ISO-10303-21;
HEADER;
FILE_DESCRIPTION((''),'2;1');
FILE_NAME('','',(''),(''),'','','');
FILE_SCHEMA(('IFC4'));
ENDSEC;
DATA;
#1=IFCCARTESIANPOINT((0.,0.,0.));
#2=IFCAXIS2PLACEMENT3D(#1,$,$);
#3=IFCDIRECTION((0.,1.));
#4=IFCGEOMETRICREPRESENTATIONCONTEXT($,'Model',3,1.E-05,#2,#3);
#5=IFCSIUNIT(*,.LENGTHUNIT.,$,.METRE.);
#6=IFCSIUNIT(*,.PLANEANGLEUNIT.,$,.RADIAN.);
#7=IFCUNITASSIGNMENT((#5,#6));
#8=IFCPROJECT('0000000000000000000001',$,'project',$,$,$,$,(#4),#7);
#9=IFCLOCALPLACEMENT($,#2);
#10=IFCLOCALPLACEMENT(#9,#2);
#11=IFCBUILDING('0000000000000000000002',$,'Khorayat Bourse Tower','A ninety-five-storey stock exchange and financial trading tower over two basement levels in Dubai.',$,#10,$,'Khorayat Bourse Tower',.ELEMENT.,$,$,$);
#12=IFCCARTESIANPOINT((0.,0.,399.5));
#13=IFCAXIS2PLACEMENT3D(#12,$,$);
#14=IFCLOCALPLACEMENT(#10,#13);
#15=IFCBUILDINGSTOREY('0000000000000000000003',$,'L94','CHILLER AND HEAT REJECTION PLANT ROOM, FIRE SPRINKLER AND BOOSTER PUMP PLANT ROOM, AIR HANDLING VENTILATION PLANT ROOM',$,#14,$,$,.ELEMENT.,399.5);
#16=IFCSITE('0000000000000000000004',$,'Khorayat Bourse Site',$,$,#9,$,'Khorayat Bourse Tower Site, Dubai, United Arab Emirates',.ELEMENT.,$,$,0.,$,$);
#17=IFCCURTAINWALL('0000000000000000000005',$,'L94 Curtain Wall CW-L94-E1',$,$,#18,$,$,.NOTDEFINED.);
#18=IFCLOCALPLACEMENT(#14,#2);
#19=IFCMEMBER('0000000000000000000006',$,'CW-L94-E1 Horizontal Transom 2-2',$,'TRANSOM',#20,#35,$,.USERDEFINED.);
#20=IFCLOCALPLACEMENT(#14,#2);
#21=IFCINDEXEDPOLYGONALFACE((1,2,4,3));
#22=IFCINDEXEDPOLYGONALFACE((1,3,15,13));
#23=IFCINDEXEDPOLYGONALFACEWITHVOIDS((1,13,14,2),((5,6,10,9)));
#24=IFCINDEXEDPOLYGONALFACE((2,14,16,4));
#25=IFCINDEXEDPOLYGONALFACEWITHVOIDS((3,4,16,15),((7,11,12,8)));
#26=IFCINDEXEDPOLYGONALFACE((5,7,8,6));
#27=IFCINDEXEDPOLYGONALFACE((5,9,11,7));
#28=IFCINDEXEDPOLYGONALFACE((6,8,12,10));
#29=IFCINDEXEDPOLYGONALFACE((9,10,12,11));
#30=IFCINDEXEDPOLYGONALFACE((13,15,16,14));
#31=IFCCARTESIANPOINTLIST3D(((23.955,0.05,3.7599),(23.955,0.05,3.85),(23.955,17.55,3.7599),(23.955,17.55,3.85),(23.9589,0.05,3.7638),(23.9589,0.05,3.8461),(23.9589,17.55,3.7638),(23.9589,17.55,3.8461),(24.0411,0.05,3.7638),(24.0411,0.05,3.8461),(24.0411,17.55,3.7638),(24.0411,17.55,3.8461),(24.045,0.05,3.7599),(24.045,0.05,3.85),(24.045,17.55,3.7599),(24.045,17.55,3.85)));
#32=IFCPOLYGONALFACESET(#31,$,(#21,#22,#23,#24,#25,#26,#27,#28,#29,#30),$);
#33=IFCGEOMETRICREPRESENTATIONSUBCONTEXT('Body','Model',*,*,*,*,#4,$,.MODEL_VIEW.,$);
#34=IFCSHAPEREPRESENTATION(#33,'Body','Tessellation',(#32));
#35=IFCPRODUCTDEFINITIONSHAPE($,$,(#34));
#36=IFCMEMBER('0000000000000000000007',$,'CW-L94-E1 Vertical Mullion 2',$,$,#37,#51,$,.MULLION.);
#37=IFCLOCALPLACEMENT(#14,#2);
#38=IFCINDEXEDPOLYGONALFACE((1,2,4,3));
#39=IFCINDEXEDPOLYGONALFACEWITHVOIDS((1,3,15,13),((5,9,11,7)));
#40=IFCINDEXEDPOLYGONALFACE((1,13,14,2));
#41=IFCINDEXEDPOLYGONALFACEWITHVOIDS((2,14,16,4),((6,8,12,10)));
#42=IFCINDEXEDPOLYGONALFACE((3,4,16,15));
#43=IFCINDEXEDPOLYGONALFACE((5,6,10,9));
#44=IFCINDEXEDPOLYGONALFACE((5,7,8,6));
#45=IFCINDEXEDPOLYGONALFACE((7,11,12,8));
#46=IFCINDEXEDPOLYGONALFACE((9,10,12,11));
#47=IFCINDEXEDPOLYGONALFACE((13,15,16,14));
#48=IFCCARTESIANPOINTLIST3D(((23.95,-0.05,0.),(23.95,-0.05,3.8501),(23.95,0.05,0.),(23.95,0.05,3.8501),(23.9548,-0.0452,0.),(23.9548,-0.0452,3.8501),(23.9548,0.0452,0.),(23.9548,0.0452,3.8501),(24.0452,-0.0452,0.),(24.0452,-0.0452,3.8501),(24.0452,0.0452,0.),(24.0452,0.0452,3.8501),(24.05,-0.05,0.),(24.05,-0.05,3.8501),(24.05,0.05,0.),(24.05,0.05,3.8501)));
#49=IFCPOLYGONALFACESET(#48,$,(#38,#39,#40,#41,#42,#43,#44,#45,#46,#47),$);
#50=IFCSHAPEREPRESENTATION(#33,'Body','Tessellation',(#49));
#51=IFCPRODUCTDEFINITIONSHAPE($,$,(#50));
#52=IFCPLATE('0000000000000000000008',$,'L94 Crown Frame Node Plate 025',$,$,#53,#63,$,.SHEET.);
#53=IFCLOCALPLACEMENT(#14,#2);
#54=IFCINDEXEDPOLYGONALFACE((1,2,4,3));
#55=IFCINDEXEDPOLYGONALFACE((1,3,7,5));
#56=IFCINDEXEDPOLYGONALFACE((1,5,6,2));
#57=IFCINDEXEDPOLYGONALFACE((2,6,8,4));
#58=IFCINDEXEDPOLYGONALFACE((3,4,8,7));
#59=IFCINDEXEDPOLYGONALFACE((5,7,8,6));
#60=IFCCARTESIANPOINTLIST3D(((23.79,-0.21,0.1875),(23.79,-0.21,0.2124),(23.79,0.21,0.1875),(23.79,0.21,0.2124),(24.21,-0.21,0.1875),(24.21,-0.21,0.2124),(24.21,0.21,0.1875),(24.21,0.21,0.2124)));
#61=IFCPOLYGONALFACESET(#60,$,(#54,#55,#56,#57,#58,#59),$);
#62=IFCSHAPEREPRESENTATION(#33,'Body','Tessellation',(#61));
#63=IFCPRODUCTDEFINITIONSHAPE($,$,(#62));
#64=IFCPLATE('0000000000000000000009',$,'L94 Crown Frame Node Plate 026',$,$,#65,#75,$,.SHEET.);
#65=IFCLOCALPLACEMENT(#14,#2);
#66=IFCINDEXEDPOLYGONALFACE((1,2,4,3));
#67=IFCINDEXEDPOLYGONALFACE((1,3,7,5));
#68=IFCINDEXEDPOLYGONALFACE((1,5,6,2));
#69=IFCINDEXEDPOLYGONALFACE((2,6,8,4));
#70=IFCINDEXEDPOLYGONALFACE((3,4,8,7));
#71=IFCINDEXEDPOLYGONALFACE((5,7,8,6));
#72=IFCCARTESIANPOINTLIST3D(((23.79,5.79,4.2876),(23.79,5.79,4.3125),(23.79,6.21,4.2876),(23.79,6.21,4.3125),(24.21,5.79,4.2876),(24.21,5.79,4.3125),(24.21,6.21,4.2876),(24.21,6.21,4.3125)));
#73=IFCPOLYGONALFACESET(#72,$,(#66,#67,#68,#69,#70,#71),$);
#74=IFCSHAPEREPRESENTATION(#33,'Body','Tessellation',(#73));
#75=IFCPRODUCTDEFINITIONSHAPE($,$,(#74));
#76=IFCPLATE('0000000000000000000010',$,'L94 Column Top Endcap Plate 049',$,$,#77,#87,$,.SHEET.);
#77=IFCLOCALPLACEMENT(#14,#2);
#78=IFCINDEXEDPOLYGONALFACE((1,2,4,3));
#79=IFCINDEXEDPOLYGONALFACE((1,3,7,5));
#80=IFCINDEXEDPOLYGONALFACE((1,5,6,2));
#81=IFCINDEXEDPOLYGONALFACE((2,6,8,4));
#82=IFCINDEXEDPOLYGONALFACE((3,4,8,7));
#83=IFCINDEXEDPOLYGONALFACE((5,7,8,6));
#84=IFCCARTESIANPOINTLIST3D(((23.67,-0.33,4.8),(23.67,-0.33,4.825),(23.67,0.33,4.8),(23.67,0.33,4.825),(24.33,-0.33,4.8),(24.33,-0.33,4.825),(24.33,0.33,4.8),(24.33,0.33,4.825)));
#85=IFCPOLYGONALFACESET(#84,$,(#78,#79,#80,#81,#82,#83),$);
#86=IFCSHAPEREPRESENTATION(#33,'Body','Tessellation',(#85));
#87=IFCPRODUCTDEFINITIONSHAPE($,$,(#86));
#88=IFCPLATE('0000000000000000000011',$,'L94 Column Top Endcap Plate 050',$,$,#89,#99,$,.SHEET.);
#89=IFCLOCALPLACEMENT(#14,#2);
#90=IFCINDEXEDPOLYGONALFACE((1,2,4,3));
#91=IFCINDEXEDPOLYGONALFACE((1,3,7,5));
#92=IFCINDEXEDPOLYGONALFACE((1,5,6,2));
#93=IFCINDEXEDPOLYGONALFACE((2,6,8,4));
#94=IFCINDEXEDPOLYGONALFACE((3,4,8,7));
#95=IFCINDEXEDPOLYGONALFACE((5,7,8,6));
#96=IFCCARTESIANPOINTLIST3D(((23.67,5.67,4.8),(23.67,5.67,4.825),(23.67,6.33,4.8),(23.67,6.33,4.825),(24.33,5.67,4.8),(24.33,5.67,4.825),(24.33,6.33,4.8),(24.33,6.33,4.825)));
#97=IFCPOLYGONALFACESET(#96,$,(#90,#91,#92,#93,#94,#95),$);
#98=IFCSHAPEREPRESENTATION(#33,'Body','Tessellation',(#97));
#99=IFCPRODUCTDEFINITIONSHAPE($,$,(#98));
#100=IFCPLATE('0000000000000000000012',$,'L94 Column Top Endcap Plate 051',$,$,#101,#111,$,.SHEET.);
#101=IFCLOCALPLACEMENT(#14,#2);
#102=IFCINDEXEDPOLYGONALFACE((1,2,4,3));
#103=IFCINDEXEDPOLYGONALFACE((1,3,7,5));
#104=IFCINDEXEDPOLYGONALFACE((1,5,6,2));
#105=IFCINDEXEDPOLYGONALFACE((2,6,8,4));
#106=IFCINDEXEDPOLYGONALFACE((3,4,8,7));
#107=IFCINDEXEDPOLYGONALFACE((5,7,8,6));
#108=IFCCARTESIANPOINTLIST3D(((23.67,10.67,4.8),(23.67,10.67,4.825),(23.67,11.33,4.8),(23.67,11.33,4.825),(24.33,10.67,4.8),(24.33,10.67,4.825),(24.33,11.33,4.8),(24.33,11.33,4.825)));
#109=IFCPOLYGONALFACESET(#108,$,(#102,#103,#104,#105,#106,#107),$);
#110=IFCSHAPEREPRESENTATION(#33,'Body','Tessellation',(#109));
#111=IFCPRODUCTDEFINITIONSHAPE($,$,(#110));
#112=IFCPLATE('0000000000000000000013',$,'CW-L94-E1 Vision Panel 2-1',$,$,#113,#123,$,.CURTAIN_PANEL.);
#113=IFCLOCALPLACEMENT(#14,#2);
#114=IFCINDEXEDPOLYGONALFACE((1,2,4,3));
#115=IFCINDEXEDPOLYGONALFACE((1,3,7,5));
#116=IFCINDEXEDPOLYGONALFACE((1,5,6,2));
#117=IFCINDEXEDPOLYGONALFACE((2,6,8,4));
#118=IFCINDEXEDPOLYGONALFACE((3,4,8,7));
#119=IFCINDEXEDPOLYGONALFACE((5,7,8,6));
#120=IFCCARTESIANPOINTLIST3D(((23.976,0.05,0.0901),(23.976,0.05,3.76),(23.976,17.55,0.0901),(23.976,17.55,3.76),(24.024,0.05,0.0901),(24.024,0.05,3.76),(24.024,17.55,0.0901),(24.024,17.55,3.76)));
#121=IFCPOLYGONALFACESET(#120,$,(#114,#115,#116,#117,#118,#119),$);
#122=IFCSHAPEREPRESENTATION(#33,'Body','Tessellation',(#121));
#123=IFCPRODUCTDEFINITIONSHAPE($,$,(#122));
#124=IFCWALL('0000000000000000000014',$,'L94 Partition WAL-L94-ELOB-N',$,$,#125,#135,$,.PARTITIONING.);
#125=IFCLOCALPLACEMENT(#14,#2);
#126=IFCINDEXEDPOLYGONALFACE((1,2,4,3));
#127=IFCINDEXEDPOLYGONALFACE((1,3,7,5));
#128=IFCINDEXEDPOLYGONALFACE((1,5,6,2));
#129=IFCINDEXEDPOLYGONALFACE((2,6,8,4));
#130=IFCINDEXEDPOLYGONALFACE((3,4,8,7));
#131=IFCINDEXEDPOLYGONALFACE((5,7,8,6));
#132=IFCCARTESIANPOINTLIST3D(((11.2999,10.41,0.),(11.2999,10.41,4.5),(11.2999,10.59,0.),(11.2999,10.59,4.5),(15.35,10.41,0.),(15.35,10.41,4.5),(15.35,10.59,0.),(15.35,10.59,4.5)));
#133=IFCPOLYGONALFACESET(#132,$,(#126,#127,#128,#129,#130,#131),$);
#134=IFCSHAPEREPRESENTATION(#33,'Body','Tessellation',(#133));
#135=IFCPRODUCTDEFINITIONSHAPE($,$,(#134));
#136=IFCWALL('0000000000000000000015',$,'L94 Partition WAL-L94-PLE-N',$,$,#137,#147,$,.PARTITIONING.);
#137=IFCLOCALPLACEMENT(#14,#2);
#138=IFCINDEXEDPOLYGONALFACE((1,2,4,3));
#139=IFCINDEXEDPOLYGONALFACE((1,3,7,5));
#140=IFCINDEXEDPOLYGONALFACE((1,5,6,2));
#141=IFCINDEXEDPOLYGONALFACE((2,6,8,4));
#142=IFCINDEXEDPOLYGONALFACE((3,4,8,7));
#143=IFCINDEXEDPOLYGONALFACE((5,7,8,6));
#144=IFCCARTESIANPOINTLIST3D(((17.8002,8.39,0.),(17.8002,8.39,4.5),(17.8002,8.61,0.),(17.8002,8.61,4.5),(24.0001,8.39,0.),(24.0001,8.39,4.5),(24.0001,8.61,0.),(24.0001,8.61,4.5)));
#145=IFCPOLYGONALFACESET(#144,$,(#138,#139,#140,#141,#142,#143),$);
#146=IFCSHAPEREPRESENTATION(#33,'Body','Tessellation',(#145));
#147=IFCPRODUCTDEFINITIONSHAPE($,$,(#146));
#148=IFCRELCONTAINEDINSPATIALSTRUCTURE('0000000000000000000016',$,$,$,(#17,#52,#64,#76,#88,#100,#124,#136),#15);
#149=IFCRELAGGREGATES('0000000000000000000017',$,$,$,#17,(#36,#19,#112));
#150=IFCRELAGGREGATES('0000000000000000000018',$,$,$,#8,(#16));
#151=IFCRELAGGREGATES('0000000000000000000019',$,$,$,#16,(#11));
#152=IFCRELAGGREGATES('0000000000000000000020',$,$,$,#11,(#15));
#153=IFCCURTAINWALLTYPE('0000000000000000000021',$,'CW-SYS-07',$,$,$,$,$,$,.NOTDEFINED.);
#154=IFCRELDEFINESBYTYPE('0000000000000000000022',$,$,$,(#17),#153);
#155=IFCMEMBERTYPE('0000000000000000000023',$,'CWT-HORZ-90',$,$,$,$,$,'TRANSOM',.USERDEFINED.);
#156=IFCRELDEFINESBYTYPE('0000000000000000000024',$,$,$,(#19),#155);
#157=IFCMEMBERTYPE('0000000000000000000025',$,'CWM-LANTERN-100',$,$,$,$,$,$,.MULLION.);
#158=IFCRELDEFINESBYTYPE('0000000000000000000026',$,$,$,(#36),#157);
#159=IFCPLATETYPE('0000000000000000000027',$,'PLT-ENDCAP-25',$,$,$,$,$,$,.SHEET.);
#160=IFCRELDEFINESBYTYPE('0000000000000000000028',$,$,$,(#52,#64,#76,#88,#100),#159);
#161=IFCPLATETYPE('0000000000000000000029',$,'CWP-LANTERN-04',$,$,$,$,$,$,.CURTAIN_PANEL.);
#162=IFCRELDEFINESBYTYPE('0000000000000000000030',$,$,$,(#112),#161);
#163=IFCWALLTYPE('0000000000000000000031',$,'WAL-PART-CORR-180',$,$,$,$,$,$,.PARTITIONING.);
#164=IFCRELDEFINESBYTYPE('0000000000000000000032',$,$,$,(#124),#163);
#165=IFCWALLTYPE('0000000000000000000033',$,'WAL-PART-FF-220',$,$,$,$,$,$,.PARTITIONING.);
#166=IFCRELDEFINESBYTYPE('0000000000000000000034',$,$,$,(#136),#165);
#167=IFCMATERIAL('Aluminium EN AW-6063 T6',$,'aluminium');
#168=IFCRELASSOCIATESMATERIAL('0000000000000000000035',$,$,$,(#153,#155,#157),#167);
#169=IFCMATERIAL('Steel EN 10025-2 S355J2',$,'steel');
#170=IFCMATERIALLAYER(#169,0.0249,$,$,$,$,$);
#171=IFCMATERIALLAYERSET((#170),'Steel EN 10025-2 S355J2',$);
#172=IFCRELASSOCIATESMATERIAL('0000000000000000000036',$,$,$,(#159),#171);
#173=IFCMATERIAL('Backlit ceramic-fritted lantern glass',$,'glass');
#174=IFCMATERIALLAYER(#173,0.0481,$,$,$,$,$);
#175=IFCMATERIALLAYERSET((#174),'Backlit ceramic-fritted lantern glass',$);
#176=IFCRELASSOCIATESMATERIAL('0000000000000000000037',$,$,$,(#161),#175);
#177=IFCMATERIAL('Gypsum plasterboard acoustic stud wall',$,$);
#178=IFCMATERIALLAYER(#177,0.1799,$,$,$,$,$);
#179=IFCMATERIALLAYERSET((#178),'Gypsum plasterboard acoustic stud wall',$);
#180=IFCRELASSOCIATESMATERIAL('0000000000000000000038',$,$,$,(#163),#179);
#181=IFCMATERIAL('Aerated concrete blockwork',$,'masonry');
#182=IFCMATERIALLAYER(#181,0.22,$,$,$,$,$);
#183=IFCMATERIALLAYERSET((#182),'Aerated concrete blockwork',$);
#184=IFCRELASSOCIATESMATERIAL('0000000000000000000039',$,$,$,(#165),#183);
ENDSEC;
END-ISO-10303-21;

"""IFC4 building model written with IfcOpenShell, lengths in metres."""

from ifc_helpers import new_model, si_unit, direction, frame, frame_2d, origin, origin_2d, place, context, subcontext, project, spatial, rectangle, hollow_rectangle, extrude, source, transform, mapped, material, layer, layer_set, material_profile, profile_set, type_object, element, aggregate, save


model = new_model("IFC4")

# Units and contexts
model_context = context("Model", 3, precision=1e-05, world=origin(), true_north=direction((0.0, 1.0)))
body_context = subcontext(model_context, "Body", "Model", "MODEL_VIEW")
ifc_project = project(units=[si_unit("LENGTHUNIT", "METRE"), si_unit("PLANEANGLEUNIT", "RADIAN")], contexts=[model_context])

# Site, building, storey
site_placement = place(None, origin())
site = spatial("IfcSite", under=ifc_project, at=site_placement, Name="Khorayat Bourse Site", LongName="Khorayat Bourse Tower Site, Dubai, United Arab Emirates", CompositionType="ELEMENT", RefElevation=0.0)
building_placement = place(site_placement, origin())
building = spatial("IfcBuilding", under=site, at=building_placement, Name="Khorayat Bourse Tower", Description="A ninety-five-storey stock exchange and financial trading tower over two basement levels in Dubai.", LongName="Khorayat Bourse Tower", CompositionType="ELEMENT")
storey_placement = place(building_placement, frame((0.0, 0.0, 399.5)))
storey = spatial("IfcBuildingStorey", under=building, at=storey_placement, Name="L94", Description="CHILLER AND HEAT REJECTION PLANT ROOM, FIRE SPRINKLER AND BOOSTER PUMP PLANT ROOM, AIR HANDLING VENTILATION PLANT ROOM", CompositionType="ELEMENT", Elevation=399.5)

# Shared definitions
ifc_material_1 = material(Name="Steel EN 10025-2 S355J2", Category="steel")

# Curtain wall, members
ifc_material_2 = material(Name="Aluminium EN AW-6063 T6", Category="aluminium")
curtain_wall_type = type_object("IfcCurtainWallType", Name="CW-SYS-07", PredefinedType="NOTDEFINED", material=ifc_material_2)
curtain_wall_placement = place(storey_placement, origin())
curtain_wall = element("IfcCurtainWall", 1, at=curtain_wall_placement, inside=storey, type_object=curtain_wall_type, Name="L94 Curtain Wall CW-L94-E1", PredefinedType="NOTDEFINED")
ifc_material_profile_1 = material_profile(ifc_material_2, hollow_rectangle(XDim=0.0901, YDim=0.0901, WallThickness=0.0039, at=origin_2d()), Name="ALU 90x90x4")
ifc_profile_set_1 = profile_set([ifc_material_profile_1], Name="Aluminium EN AW-6063 T6")
member_type_1 = type_object("IfcMemberType", Name="CWT-HORZ-90", ElementType="TRANSOM", PredefinedType="USERDEFINED", material=ifc_profile_set_1)
shared_shape_1 = source(origin(), body_context, "Body", "SweptSolid", [
    extrude(hollow_rectangle(XDim=0.0901, YDim=0.0901, WallThickness=0.0039, at=origin_2d()), origin(), (0.0, 0.0, 1.0), 17.5),
])
member_1_placement = place(storey_placement, frame((24.0, 0.05, 3.8049), z_axis=(0.0, 1.0, 0.0), x_axis=(-1.0, 0.0, 0.0)))
member_1 = element("IfcMember", 2, at=member_1_placement, type_object=member_type_1, Name="CW-L94-E1 Horizontal Transom 2-2", ObjectType="TRANSOM", PredefinedType="USERDEFINED", context=body_context, shape_type="MappedRepresentation", body=[
    mapped(shared_shape_1, transform((0.0, 0.0, 0.0), scale=1.0)),
])
ifc_material_profile_2 = material_profile(ifc_material_2, hollow_rectangle(XDim=0.1001, YDim=0.1001, WallThickness=0.0049, at=origin_2d()), Name="ALU 100x100x5")
ifc_profile_set_2 = profile_set([ifc_material_profile_2], Name="Aluminium EN AW-6063 T6")
member_type_2 = type_object("IfcMemberType", Name="CWM-LANTERN-100", PredefinedType="MULLION", material=ifc_profile_set_2)
shared_shape_2 = source(origin(), body_context, "Body", "SweptSolid", [
    extrude(hollow_rectangle(XDim=0.1001, YDim=0.1001, WallThickness=0.0049, at=origin_2d()), origin(), (0.0, 0.0, 1.0), 3.8501),
])
member_2_placement = place(storey_placement, frame((24.0, 0.0, 0.0), z_axis=(0.0, 0.0, 1.0), x_axis=(-1.0, 0.0, 0.0)))
member_2 = element("IfcMember", 3, at=member_2_placement, type_object=member_type_2, Name="CW-L94-E1 Vertical Mullion 2", PredefinedType="MULLION", context=body_context, shape_type="MappedRepresentation", body=[
    mapped(shared_shape_2, transform((0.0, 0.0, 0.0), scale=1.0)),
])

# Plates
ifc_layer_1 = layer(ifc_material_1, 0.0249)
ifc_layer_set_1 = layer_set([ifc_layer_1], Name="Steel EN 10025-2 S355J2")
plate_type_1 = type_object("IfcPlateType", Name="PLT-ENDCAP-25", PredefinedType="SHEET", material=ifc_layer_set_1)
shared_shape_3 = source(origin(), body_context, "Body", "SweptSolid", [
    extrude(rectangle(XDim=0.4199, YDim=0.4199, at=origin_2d()), origin(), (0.0, 0.0, 1.0), 0.0249),
])
for number, where, z_axis, x_axis, name in (
    (4, (24.0, 0.0, 0.1875), (0.0, 0.0, 1.0), (1.0, 0.0, 0.0), "L94 Crown Frame Node Plate 025"),
    (5, (24.0, 6.0, 4.2876), (0.0, 0.0, 1.0), (1.0, 0.0, 0.0), "L94 Crown Frame Node Plate 026"),
):
    element("IfcPlate", number, at=place(storey_placement, frame(where, z_axis=z_axis, x_axis=x_axis)), inside=storey, type_object=plate_type_1, Name=name, PredefinedType="SHEET", context=body_context, shape_type="MappedRepresentation", body=[
        mapped(shared_shape_3, transform((0.0, 0.0, 0.0), scale=1.0)),
    ])
shared_shape_4 = source(origin(), body_context, "Body", "SweptSolid", [
    extrude(rectangle(XDim=0.6599, YDim=0.6599, at=origin_2d()), origin(), (0.0, 0.0, 1.0), 0.0249),
])
for number, where, z_axis, x_axis, name in (
    (6, (24.0, 0.0, 4.8), (0.0, 0.0, 1.0), (1.0, 0.0, 0.0), "L94 Column Top Endcap Plate 049"),
    (7, (24.0, 6.0, 4.8), (0.0, 0.0, 1.0), (1.0, 0.0, 0.0), "L94 Column Top Endcap Plate 050"),
    (8, (24.0, 11.0, 4.8), (0.0, 0.0, 1.0), (1.0, 0.0, 0.0), "L94 Column Top Endcap Plate 051"),
):
    element("IfcPlate", number, at=place(storey_placement, frame(where, z_axis=z_axis, x_axis=x_axis)), inside=storey, type_object=plate_type_1, Name=name, PredefinedType="SHEET", context=body_context, shape_type="MappedRepresentation", body=[
        mapped(shared_shape_4, transform((0.0, 0.0, 0.0), scale=1.0)),
    ])

# Plate
ifc_material_3 = material(Name="Backlit ceramic-fritted lantern glass", Category="glass")
ifc_layer_2 = layer(ifc_material_3, 0.0481)
ifc_layer_set_2 = layer_set([ifc_layer_2], Name="Backlit ceramic-fritted lantern glass")
plate_type_2 = type_object("IfcPlateType", Name="CWP-LANTERN-04", PredefinedType="CURTAIN_PANEL", material=ifc_layer_set_2)
shared_shape_5 = source(origin(), body_context, "Body", "SweptSolid", [
    extrude(rectangle(XDim=17.5, YDim=0.0481, at=origin_2d()), origin(), (0.0, 0.0, 1.0), 3.6699),
])
plate_placement = place(storey_placement, frame((24.0, 8.8, 0.0901), z_axis=(0.0, 0.0, 1.0), x_axis=(0.0, 1.0, 0.0)))
plate = element("IfcPlate", 9, at=plate_placement, type_object=plate_type_2, Name="CW-L94-E1 Vision Panel 2-1", PredefinedType="CURTAIN_PANEL", context=body_context, shape_type="MappedRepresentation", body=[
    mapped(shared_shape_5, transform((0.0, 0.0, 0.0), scale=1.0)),
])
aggregate(curtain_wall, [member_2, member_1, plate])

# Walls
ifc_material_4 = material(Name="Gypsum plasterboard acoustic stud wall")
ifc_layer_3 = layer(ifc_material_4, 0.1799)
ifc_layer_set_3 = layer_set([ifc_layer_3], Name="Gypsum plasterboard acoustic stud wall")
wall_type_1 = type_object("IfcWallType", Name="WAL-PART-CORR-180", PredefinedType="PARTITIONING", material=ifc_layer_set_3)
shared_shape_6 = source(origin(), body_context, "Body", "SweptSolid", [
    extrude(rectangle(XDim=4.05, YDim=0.1799, at=frame_2d((2.0249, 0.0))), origin(), (0.0, 0.0, 1.0), 4.5),
])
wall_1_placement = place(storey_placement, frame((11.3, 10.5, 0.0), z_axis=(0.0, 0.0, 1.0), x_axis=(1.0, 0.0, 0.0)))
element("IfcWall", 10, at=wall_1_placement, inside=storey, type_object=wall_type_1, Name="L94 Partition WAL-L94-ELOB-N", PredefinedType="PARTITIONING", context=body_context, shape_type="MappedRepresentation", body=[
    mapped(shared_shape_6, transform((0.0, 0.0, 0.0), scale=1.0)),
])
ifc_material_5 = material(Name="Aerated concrete blockwork", Category="masonry")
ifc_layer_4 = layer(ifc_material_5, 0.22)
ifc_layer_set_4 = layer_set([ifc_layer_4], Name="Aerated concrete blockwork")
wall_type_2 = type_object("IfcWallType", Name="WAL-PART-FF-220", PredefinedType="PARTITIONING", material=ifc_layer_set_4)
shared_shape_7 = source(origin(), body_context, "Body", "SweptSolid", [
    extrude(rectangle(XDim=6.2, YDim=0.22, at=frame_2d((3.1001, 0.0))), origin(), (0.0, 0.0, 1.0), 4.5),
])
wall_2_placement = place(storey_placement, frame((17.8, 8.5, 0.0), z_axis=(0.0, 0.0, 1.0), x_axis=(1.0, 0.0, 0.0)))
element("IfcWall", 11, at=wall_2_placement, inside=storey, type_object=wall_type_2, Name="L94 Partition WAL-L94-PLE-N", PredefinedType="PARTITIONING", context=body_context, shape_type="MappedRepresentation", body=[
    mapped(shared_shape_7, transform((0.0, 0.0, 0.0), scale=1.0)),
])

save(model, "model.ifc")
